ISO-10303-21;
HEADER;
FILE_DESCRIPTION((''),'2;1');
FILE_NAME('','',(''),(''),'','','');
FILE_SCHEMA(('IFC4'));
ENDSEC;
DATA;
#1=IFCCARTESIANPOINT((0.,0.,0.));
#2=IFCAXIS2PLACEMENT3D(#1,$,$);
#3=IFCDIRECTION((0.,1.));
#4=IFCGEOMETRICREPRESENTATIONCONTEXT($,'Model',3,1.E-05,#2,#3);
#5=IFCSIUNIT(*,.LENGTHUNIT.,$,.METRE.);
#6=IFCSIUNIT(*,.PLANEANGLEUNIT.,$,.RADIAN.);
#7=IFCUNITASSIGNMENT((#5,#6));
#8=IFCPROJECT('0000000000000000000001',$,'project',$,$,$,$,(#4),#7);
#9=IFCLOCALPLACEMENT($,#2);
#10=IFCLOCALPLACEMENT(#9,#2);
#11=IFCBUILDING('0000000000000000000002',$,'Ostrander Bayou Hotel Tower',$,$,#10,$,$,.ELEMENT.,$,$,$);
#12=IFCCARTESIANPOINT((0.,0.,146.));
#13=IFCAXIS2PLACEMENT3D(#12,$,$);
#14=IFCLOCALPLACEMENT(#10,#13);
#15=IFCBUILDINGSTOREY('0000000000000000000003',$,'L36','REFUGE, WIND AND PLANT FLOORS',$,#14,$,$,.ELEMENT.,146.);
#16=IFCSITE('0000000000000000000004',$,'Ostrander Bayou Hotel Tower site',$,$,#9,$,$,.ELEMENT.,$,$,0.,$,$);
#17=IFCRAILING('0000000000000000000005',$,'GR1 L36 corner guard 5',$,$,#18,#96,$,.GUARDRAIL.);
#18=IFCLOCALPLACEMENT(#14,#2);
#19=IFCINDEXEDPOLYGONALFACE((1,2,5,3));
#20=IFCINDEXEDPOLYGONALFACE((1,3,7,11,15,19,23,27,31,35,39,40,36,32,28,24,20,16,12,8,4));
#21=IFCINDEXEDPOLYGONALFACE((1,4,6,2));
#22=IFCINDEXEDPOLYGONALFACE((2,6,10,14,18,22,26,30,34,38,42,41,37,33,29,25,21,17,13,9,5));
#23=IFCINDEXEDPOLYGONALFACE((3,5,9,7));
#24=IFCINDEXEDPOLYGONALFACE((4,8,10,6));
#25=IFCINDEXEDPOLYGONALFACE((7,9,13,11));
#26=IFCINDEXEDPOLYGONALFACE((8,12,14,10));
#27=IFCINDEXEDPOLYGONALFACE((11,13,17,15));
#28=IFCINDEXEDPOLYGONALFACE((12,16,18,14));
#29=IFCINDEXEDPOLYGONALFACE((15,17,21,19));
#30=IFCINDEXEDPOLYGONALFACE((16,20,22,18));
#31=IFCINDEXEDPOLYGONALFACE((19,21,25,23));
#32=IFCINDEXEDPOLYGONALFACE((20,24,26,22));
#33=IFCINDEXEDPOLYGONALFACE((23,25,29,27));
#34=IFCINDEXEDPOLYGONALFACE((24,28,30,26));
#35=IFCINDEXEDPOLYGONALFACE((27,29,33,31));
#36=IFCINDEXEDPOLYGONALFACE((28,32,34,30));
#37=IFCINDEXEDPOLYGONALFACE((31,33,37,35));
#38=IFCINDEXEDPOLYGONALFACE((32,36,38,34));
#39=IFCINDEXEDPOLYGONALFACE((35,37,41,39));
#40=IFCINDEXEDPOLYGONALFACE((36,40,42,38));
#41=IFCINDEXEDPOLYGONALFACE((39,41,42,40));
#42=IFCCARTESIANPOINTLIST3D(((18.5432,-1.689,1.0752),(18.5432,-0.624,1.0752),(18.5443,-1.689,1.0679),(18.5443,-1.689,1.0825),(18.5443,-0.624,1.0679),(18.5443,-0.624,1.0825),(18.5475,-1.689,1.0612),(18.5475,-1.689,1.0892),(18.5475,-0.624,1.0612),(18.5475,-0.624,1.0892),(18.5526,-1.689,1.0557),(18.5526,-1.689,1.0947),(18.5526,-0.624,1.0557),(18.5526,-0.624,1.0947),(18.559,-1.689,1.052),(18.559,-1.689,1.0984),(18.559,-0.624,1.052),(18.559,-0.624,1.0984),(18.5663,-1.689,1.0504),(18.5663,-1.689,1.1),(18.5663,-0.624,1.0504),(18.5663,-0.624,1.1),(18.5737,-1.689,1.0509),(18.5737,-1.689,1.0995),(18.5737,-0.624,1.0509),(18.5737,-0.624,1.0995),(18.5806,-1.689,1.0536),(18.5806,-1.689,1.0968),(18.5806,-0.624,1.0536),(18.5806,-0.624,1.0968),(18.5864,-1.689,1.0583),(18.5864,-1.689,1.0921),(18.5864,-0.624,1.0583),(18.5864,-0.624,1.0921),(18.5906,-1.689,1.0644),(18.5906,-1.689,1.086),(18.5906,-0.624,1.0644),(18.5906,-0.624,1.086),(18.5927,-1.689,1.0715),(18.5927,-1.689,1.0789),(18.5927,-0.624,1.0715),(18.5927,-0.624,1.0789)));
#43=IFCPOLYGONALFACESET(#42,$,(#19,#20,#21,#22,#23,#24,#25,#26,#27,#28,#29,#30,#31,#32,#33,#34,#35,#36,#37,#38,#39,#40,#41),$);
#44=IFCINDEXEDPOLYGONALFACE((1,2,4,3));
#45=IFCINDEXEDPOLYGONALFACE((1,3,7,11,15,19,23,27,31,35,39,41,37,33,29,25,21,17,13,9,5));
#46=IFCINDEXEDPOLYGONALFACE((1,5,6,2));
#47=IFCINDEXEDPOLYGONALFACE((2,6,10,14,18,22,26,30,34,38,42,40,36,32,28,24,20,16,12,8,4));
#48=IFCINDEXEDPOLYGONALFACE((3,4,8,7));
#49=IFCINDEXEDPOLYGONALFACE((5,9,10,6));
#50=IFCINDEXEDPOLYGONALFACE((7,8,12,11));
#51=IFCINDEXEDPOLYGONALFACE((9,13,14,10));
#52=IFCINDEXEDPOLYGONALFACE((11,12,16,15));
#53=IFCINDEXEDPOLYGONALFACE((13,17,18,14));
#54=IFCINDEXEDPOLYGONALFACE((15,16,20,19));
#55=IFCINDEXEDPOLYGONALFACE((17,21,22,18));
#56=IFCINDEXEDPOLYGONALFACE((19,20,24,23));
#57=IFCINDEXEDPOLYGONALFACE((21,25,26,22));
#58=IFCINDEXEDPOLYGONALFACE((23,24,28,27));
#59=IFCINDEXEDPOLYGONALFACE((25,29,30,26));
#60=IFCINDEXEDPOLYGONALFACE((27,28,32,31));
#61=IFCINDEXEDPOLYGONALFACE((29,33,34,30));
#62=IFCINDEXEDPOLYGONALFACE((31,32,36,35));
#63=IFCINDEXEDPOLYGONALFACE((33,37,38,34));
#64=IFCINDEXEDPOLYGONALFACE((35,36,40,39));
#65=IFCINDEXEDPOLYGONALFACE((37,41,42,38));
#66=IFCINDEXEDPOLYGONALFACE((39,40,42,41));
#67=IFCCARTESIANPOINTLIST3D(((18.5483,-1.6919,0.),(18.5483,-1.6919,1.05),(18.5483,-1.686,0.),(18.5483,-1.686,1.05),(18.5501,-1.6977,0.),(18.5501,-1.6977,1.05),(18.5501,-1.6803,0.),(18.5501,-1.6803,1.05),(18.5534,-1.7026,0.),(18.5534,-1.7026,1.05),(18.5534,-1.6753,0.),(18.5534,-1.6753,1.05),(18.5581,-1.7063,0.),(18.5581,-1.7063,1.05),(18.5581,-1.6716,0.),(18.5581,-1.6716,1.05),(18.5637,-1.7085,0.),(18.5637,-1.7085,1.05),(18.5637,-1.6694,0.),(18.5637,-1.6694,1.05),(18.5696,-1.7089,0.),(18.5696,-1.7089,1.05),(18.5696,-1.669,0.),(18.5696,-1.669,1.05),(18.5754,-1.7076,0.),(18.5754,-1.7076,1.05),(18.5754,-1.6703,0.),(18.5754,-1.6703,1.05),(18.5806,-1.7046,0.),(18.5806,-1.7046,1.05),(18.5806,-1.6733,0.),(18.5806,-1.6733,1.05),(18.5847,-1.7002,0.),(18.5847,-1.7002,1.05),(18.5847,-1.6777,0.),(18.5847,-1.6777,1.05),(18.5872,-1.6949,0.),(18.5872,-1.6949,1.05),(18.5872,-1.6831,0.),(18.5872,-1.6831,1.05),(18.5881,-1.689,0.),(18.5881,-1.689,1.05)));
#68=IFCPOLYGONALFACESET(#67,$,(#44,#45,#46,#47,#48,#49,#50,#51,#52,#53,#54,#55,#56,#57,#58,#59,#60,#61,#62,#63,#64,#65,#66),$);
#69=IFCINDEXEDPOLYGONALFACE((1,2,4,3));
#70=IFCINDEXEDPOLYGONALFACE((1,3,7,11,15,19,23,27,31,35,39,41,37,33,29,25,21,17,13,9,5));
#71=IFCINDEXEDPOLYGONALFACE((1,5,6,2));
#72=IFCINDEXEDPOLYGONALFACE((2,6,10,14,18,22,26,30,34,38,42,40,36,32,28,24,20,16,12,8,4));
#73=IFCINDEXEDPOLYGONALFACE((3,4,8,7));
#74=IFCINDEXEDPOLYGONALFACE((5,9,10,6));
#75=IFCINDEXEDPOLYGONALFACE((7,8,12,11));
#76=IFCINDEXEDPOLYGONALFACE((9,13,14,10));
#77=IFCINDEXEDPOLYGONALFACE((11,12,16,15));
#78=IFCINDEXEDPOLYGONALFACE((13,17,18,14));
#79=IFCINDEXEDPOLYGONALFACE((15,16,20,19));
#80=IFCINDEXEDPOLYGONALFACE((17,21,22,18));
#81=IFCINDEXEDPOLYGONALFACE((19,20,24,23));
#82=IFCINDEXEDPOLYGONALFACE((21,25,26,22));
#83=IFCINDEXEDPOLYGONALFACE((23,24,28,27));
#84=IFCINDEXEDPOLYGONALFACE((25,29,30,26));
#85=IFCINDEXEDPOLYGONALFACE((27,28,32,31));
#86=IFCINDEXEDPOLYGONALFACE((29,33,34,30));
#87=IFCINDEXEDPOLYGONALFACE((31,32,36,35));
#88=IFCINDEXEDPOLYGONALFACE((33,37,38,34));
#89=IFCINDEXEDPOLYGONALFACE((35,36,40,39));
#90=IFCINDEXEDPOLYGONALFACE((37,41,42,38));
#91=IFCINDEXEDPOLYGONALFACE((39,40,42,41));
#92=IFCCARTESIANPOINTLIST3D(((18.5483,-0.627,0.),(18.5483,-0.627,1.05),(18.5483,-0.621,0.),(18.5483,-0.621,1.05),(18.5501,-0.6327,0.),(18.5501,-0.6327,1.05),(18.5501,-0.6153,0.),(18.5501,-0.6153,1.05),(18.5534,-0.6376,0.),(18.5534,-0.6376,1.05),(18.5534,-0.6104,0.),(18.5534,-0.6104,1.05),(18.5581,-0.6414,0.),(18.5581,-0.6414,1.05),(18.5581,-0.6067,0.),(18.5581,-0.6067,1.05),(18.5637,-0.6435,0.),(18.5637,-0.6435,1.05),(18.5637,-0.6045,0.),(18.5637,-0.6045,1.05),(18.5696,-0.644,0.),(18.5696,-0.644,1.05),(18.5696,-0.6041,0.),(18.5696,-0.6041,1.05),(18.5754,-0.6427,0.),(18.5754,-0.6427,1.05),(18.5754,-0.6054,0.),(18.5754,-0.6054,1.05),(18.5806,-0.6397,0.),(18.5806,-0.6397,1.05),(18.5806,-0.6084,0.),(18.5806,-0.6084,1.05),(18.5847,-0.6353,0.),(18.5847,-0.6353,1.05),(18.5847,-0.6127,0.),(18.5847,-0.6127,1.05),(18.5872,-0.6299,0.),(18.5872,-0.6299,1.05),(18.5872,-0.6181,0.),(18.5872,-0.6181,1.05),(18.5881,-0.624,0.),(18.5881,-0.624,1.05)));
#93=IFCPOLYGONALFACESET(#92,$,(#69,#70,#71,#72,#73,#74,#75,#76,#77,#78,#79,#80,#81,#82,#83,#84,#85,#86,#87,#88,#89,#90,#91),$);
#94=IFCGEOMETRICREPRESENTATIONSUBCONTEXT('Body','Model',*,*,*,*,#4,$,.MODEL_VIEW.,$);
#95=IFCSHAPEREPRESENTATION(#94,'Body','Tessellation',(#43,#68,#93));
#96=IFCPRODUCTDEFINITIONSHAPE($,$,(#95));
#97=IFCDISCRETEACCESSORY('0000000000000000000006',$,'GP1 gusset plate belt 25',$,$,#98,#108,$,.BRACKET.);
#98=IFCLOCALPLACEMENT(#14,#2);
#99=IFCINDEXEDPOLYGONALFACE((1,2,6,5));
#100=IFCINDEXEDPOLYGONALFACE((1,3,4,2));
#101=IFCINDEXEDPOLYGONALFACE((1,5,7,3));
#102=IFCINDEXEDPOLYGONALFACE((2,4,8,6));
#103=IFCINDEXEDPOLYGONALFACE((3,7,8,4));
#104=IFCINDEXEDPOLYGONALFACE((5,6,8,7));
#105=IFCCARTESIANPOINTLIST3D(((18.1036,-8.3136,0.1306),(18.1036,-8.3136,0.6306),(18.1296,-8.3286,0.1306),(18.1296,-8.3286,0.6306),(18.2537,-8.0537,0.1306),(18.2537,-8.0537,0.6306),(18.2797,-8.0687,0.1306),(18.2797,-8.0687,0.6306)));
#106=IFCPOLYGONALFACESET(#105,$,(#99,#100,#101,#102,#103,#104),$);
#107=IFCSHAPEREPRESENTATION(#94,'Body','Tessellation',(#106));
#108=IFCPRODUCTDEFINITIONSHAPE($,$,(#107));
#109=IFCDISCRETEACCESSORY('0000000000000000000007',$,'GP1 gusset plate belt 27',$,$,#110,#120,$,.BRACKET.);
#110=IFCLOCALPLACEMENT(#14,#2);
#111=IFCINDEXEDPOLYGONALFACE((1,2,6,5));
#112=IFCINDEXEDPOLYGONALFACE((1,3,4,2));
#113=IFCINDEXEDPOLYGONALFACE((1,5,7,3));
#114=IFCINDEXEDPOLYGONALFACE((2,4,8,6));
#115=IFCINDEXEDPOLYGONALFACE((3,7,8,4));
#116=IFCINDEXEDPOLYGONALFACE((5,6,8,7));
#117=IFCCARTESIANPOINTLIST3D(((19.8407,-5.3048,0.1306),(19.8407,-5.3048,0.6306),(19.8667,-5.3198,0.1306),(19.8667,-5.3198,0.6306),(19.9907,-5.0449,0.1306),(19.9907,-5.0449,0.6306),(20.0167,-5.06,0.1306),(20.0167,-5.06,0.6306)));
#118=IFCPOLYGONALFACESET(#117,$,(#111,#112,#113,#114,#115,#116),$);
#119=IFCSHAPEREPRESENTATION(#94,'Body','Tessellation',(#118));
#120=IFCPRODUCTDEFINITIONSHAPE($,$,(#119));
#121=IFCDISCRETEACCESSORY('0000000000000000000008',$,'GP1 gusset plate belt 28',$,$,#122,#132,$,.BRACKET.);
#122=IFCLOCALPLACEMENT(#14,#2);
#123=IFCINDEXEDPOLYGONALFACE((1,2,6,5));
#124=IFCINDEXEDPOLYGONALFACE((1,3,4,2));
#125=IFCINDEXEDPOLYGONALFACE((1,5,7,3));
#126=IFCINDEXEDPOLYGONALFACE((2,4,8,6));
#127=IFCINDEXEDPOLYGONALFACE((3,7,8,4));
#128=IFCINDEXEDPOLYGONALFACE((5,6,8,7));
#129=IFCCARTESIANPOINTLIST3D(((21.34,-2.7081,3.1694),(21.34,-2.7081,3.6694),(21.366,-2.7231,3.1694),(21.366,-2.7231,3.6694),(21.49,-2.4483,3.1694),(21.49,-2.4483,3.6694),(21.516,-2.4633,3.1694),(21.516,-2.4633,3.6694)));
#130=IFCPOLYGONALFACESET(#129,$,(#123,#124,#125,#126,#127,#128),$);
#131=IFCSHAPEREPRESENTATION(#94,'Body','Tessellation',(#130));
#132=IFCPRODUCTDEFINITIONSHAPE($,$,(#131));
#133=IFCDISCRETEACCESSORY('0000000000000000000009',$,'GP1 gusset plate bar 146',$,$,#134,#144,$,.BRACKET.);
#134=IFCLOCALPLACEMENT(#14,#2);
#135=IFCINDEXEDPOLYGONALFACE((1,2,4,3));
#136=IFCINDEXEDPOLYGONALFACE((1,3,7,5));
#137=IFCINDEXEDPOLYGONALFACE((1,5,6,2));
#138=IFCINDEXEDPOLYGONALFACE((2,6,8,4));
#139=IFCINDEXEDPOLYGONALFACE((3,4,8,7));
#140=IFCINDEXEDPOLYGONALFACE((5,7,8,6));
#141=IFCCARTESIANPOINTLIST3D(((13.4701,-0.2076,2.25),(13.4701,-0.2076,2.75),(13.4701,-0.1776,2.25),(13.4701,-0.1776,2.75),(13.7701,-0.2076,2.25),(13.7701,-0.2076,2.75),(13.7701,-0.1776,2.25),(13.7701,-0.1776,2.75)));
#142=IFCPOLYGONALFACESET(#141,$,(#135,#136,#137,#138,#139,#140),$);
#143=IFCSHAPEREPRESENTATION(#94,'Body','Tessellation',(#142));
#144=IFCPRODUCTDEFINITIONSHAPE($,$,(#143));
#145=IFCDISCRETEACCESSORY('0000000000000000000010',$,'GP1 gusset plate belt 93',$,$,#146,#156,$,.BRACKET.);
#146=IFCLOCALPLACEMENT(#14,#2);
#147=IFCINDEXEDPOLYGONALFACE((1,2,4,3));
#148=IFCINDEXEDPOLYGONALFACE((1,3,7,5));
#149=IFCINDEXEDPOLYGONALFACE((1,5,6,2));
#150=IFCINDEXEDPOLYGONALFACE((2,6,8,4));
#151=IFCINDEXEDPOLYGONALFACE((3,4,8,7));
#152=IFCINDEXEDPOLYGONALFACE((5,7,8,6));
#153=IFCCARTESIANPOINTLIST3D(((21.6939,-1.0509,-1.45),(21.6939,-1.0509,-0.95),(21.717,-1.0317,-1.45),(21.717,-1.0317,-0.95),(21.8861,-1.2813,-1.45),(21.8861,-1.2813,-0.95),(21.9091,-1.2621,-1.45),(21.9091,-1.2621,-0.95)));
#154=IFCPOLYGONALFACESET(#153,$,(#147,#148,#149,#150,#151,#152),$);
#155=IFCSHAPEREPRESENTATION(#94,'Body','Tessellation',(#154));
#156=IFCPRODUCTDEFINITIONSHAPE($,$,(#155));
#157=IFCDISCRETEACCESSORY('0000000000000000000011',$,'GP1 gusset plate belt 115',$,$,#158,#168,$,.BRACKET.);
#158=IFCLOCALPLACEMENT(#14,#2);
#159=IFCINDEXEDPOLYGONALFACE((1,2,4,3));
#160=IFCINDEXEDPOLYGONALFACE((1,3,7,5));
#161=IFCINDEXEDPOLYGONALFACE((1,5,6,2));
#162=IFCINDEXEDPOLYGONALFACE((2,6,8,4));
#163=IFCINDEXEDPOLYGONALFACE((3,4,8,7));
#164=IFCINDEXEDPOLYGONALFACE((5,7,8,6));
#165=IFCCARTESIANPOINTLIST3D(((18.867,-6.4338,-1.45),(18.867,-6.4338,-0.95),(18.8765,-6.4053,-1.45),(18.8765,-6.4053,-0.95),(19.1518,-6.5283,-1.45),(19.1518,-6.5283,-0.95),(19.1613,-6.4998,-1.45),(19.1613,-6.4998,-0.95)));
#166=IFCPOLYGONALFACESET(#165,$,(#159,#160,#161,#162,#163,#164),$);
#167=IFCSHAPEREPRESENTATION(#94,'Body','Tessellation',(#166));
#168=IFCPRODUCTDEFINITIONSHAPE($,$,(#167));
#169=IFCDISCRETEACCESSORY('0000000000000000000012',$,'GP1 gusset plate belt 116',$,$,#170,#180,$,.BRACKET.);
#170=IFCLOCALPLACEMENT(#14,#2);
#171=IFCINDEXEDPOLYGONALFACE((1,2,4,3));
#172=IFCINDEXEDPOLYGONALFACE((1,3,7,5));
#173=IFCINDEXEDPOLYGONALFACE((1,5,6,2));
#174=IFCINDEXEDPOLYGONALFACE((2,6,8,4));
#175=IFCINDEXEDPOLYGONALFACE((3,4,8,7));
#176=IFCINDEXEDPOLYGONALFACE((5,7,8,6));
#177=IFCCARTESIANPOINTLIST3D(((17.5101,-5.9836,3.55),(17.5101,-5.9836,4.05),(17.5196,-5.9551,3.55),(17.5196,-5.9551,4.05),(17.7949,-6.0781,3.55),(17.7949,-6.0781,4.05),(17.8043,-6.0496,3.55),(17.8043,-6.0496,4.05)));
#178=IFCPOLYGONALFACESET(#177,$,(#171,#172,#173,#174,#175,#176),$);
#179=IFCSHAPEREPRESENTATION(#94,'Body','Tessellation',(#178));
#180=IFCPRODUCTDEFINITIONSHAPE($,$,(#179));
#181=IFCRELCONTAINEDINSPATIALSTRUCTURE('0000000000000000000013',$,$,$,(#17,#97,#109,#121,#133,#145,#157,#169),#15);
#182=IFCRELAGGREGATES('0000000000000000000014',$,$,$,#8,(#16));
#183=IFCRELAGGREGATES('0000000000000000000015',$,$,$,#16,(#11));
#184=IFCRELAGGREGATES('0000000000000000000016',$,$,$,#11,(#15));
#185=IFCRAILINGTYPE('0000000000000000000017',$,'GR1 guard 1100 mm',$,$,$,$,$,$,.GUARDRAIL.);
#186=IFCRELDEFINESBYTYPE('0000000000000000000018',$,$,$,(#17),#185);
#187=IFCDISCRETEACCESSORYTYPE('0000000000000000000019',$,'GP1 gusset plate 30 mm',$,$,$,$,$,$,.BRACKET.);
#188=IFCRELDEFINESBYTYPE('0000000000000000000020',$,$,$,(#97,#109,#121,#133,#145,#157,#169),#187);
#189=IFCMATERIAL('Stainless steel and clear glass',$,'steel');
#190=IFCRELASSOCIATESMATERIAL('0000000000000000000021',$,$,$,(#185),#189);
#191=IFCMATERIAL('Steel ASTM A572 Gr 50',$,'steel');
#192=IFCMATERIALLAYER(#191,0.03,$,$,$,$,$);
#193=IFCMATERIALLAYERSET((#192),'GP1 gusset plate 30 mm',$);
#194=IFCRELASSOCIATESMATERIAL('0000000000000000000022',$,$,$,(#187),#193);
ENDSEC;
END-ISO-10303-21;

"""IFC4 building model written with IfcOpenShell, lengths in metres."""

from ifc_helpers import new_model, si_unit, direction, frame, origin, origin_2d, place, context, subcontext, project, spatial, rectangle, circle, extrude, material, layer, layer_set, type_object, element, save


model = new_model("IFC4")

# Units and contexts
model_context = context("Model", 3, precision=1e-05, world=origin(), true_north=direction((0.0, 1.0)))
body_context = subcontext(model_context, "Body", "Model", "MODEL_VIEW")
ifc_project = project(units=[si_unit("LENGTHUNIT", "METRE"), si_unit("PLANEANGLEUNIT", "RADIAN")], contexts=[model_context])

# Site, building, storey
site_placement = place(None, origin())
site = spatial("IfcSite", under=ifc_project, at=site_placement, Name="Ostrander Bayou Hotel Tower site", CompositionType="ELEMENT", RefElevation=0.0)
building_placement = place(site_placement, origin())
building = spatial("IfcBuilding", under=site, at=building_placement, Name="Ostrander Bayou Hotel Tower", CompositionType="ELEMENT")
storey_placement = place(building_placement, frame((0.0, 0.0, 146.0)))
storey = spatial("IfcBuildingStorey", under=building, at=storey_placement, Name="L36", Description="REFUGE, WIND AND PLANT FLOORS", CompositionType="ELEMENT", Elevation=146.0)

# Railing
ifc_material_1 = material(Name="Stainless steel and clear glass", Category="steel")
railing_type = type_object("IfcRailingType", Name="GR1 guard 1100 mm", PredefinedType="GUARDRAIL", material=ifc_material_1)
railing_1_placement = place(storey_placement, frame((18.5681, -1.689, 0.0)))
element("IfcRailing", 1, at=railing_1_placement, inside=storey, type_object=railing_type, Name="GR1 L36 corner guard 5", PredefinedType="GUARDRAIL", context=body_context, shape_type="SweptSolid", body=[
    extrude(circle(Radius=0.0249, at=origin_2d()), frame((0.0, 0.0, 1.0752), z_axis=(0.0, 1.0, 0.0), x_axis=(-1.0, 0.0, 0.0)), (0.0, 0.0, 1.0), 1.0649),
    extrude(circle(Radius=0.02, at=origin_2d()), origin(), (0.0, 0.0, 1.0), 1.05),
    extrude(circle(Radius=0.02, at=origin_2d()), frame((0.0, 1.0649, 0.0)), (0.0, 0.0, 1.0), 1.05),
])

# Discrete accessories
ifc_material_2 = material(Name="Steel ASTM A572 Gr 50", Category="steel")
ifc_layer_1 = layer(ifc_material_2, 0.03)
ifc_layer_set_1 = layer_set([ifc_layer_1], Name="GP1 gusset plate 30 mm")
discrete_accessory_type = type_object("IfcDiscreteAccessoryType", Name="GP1 gusset plate 30 mm", PredefinedType="BRACKET", material=ifc_layer_set_1)
for number, where, z_axis, x_axis, name in (
    (2, (18.1917, -8.1912, 0.1306), (0.0, 0.0, 1.0), (-0.5, -0.866025, 0.0), "GP1 gusset plate belt 25"),
    (3, (19.9287, -5.1824, 0.1306), (0.0, 0.0, 1.0), (0.50003, 0.866008, 0.0), "GP1 gusset plate belt 27"),
    (4, (21.428, -2.5857, 3.1694), (0.0, 0.0, 1.0), (0.50003, 0.866008, 0.0), "GP1 gusset plate belt 28"),
    (5, (13.6201, -0.1926, 2.25), (0.0, 0.0, 1.0), (1.0, 0.0, 0.0), "GP1 gusset plate bar 146"),
    (6, (21.8015, -1.1565, -1.45), (0.0, 0.0, 1.0), (-0.640445, 0.768004, 0.0), "GP1 gusset plate belt 93"),
    (7, (19.0142, -6.4668, -1.45), (0.0, 0.0, 1.0), (-0.949157, 0.314804, 0.0), "GP1 gusset plate belt 115"),
    (8, (17.6572, -6.0166, 3.55), (0.0, 0.0, 1.0), (-0.949157, 0.314804, 0.0), "GP1 gusset plate belt 116"),
):
    element("IfcDiscreteAccessory", number, at=place(storey_placement, frame(where, z_axis=z_axis, x_axis=x_axis)), inside=storey, type_object=discrete_accessory_type, Name=name, PredefinedType="BRACKET", context=body_context, shape_type="SweptSolid", body=[
        extrude(rectangle(XDim=0.3, YDim=0.03, at=origin_2d()), origin(), (0.0, 0.0, 1.0), 0.5),
    ])

save(model, "model.ifc")
